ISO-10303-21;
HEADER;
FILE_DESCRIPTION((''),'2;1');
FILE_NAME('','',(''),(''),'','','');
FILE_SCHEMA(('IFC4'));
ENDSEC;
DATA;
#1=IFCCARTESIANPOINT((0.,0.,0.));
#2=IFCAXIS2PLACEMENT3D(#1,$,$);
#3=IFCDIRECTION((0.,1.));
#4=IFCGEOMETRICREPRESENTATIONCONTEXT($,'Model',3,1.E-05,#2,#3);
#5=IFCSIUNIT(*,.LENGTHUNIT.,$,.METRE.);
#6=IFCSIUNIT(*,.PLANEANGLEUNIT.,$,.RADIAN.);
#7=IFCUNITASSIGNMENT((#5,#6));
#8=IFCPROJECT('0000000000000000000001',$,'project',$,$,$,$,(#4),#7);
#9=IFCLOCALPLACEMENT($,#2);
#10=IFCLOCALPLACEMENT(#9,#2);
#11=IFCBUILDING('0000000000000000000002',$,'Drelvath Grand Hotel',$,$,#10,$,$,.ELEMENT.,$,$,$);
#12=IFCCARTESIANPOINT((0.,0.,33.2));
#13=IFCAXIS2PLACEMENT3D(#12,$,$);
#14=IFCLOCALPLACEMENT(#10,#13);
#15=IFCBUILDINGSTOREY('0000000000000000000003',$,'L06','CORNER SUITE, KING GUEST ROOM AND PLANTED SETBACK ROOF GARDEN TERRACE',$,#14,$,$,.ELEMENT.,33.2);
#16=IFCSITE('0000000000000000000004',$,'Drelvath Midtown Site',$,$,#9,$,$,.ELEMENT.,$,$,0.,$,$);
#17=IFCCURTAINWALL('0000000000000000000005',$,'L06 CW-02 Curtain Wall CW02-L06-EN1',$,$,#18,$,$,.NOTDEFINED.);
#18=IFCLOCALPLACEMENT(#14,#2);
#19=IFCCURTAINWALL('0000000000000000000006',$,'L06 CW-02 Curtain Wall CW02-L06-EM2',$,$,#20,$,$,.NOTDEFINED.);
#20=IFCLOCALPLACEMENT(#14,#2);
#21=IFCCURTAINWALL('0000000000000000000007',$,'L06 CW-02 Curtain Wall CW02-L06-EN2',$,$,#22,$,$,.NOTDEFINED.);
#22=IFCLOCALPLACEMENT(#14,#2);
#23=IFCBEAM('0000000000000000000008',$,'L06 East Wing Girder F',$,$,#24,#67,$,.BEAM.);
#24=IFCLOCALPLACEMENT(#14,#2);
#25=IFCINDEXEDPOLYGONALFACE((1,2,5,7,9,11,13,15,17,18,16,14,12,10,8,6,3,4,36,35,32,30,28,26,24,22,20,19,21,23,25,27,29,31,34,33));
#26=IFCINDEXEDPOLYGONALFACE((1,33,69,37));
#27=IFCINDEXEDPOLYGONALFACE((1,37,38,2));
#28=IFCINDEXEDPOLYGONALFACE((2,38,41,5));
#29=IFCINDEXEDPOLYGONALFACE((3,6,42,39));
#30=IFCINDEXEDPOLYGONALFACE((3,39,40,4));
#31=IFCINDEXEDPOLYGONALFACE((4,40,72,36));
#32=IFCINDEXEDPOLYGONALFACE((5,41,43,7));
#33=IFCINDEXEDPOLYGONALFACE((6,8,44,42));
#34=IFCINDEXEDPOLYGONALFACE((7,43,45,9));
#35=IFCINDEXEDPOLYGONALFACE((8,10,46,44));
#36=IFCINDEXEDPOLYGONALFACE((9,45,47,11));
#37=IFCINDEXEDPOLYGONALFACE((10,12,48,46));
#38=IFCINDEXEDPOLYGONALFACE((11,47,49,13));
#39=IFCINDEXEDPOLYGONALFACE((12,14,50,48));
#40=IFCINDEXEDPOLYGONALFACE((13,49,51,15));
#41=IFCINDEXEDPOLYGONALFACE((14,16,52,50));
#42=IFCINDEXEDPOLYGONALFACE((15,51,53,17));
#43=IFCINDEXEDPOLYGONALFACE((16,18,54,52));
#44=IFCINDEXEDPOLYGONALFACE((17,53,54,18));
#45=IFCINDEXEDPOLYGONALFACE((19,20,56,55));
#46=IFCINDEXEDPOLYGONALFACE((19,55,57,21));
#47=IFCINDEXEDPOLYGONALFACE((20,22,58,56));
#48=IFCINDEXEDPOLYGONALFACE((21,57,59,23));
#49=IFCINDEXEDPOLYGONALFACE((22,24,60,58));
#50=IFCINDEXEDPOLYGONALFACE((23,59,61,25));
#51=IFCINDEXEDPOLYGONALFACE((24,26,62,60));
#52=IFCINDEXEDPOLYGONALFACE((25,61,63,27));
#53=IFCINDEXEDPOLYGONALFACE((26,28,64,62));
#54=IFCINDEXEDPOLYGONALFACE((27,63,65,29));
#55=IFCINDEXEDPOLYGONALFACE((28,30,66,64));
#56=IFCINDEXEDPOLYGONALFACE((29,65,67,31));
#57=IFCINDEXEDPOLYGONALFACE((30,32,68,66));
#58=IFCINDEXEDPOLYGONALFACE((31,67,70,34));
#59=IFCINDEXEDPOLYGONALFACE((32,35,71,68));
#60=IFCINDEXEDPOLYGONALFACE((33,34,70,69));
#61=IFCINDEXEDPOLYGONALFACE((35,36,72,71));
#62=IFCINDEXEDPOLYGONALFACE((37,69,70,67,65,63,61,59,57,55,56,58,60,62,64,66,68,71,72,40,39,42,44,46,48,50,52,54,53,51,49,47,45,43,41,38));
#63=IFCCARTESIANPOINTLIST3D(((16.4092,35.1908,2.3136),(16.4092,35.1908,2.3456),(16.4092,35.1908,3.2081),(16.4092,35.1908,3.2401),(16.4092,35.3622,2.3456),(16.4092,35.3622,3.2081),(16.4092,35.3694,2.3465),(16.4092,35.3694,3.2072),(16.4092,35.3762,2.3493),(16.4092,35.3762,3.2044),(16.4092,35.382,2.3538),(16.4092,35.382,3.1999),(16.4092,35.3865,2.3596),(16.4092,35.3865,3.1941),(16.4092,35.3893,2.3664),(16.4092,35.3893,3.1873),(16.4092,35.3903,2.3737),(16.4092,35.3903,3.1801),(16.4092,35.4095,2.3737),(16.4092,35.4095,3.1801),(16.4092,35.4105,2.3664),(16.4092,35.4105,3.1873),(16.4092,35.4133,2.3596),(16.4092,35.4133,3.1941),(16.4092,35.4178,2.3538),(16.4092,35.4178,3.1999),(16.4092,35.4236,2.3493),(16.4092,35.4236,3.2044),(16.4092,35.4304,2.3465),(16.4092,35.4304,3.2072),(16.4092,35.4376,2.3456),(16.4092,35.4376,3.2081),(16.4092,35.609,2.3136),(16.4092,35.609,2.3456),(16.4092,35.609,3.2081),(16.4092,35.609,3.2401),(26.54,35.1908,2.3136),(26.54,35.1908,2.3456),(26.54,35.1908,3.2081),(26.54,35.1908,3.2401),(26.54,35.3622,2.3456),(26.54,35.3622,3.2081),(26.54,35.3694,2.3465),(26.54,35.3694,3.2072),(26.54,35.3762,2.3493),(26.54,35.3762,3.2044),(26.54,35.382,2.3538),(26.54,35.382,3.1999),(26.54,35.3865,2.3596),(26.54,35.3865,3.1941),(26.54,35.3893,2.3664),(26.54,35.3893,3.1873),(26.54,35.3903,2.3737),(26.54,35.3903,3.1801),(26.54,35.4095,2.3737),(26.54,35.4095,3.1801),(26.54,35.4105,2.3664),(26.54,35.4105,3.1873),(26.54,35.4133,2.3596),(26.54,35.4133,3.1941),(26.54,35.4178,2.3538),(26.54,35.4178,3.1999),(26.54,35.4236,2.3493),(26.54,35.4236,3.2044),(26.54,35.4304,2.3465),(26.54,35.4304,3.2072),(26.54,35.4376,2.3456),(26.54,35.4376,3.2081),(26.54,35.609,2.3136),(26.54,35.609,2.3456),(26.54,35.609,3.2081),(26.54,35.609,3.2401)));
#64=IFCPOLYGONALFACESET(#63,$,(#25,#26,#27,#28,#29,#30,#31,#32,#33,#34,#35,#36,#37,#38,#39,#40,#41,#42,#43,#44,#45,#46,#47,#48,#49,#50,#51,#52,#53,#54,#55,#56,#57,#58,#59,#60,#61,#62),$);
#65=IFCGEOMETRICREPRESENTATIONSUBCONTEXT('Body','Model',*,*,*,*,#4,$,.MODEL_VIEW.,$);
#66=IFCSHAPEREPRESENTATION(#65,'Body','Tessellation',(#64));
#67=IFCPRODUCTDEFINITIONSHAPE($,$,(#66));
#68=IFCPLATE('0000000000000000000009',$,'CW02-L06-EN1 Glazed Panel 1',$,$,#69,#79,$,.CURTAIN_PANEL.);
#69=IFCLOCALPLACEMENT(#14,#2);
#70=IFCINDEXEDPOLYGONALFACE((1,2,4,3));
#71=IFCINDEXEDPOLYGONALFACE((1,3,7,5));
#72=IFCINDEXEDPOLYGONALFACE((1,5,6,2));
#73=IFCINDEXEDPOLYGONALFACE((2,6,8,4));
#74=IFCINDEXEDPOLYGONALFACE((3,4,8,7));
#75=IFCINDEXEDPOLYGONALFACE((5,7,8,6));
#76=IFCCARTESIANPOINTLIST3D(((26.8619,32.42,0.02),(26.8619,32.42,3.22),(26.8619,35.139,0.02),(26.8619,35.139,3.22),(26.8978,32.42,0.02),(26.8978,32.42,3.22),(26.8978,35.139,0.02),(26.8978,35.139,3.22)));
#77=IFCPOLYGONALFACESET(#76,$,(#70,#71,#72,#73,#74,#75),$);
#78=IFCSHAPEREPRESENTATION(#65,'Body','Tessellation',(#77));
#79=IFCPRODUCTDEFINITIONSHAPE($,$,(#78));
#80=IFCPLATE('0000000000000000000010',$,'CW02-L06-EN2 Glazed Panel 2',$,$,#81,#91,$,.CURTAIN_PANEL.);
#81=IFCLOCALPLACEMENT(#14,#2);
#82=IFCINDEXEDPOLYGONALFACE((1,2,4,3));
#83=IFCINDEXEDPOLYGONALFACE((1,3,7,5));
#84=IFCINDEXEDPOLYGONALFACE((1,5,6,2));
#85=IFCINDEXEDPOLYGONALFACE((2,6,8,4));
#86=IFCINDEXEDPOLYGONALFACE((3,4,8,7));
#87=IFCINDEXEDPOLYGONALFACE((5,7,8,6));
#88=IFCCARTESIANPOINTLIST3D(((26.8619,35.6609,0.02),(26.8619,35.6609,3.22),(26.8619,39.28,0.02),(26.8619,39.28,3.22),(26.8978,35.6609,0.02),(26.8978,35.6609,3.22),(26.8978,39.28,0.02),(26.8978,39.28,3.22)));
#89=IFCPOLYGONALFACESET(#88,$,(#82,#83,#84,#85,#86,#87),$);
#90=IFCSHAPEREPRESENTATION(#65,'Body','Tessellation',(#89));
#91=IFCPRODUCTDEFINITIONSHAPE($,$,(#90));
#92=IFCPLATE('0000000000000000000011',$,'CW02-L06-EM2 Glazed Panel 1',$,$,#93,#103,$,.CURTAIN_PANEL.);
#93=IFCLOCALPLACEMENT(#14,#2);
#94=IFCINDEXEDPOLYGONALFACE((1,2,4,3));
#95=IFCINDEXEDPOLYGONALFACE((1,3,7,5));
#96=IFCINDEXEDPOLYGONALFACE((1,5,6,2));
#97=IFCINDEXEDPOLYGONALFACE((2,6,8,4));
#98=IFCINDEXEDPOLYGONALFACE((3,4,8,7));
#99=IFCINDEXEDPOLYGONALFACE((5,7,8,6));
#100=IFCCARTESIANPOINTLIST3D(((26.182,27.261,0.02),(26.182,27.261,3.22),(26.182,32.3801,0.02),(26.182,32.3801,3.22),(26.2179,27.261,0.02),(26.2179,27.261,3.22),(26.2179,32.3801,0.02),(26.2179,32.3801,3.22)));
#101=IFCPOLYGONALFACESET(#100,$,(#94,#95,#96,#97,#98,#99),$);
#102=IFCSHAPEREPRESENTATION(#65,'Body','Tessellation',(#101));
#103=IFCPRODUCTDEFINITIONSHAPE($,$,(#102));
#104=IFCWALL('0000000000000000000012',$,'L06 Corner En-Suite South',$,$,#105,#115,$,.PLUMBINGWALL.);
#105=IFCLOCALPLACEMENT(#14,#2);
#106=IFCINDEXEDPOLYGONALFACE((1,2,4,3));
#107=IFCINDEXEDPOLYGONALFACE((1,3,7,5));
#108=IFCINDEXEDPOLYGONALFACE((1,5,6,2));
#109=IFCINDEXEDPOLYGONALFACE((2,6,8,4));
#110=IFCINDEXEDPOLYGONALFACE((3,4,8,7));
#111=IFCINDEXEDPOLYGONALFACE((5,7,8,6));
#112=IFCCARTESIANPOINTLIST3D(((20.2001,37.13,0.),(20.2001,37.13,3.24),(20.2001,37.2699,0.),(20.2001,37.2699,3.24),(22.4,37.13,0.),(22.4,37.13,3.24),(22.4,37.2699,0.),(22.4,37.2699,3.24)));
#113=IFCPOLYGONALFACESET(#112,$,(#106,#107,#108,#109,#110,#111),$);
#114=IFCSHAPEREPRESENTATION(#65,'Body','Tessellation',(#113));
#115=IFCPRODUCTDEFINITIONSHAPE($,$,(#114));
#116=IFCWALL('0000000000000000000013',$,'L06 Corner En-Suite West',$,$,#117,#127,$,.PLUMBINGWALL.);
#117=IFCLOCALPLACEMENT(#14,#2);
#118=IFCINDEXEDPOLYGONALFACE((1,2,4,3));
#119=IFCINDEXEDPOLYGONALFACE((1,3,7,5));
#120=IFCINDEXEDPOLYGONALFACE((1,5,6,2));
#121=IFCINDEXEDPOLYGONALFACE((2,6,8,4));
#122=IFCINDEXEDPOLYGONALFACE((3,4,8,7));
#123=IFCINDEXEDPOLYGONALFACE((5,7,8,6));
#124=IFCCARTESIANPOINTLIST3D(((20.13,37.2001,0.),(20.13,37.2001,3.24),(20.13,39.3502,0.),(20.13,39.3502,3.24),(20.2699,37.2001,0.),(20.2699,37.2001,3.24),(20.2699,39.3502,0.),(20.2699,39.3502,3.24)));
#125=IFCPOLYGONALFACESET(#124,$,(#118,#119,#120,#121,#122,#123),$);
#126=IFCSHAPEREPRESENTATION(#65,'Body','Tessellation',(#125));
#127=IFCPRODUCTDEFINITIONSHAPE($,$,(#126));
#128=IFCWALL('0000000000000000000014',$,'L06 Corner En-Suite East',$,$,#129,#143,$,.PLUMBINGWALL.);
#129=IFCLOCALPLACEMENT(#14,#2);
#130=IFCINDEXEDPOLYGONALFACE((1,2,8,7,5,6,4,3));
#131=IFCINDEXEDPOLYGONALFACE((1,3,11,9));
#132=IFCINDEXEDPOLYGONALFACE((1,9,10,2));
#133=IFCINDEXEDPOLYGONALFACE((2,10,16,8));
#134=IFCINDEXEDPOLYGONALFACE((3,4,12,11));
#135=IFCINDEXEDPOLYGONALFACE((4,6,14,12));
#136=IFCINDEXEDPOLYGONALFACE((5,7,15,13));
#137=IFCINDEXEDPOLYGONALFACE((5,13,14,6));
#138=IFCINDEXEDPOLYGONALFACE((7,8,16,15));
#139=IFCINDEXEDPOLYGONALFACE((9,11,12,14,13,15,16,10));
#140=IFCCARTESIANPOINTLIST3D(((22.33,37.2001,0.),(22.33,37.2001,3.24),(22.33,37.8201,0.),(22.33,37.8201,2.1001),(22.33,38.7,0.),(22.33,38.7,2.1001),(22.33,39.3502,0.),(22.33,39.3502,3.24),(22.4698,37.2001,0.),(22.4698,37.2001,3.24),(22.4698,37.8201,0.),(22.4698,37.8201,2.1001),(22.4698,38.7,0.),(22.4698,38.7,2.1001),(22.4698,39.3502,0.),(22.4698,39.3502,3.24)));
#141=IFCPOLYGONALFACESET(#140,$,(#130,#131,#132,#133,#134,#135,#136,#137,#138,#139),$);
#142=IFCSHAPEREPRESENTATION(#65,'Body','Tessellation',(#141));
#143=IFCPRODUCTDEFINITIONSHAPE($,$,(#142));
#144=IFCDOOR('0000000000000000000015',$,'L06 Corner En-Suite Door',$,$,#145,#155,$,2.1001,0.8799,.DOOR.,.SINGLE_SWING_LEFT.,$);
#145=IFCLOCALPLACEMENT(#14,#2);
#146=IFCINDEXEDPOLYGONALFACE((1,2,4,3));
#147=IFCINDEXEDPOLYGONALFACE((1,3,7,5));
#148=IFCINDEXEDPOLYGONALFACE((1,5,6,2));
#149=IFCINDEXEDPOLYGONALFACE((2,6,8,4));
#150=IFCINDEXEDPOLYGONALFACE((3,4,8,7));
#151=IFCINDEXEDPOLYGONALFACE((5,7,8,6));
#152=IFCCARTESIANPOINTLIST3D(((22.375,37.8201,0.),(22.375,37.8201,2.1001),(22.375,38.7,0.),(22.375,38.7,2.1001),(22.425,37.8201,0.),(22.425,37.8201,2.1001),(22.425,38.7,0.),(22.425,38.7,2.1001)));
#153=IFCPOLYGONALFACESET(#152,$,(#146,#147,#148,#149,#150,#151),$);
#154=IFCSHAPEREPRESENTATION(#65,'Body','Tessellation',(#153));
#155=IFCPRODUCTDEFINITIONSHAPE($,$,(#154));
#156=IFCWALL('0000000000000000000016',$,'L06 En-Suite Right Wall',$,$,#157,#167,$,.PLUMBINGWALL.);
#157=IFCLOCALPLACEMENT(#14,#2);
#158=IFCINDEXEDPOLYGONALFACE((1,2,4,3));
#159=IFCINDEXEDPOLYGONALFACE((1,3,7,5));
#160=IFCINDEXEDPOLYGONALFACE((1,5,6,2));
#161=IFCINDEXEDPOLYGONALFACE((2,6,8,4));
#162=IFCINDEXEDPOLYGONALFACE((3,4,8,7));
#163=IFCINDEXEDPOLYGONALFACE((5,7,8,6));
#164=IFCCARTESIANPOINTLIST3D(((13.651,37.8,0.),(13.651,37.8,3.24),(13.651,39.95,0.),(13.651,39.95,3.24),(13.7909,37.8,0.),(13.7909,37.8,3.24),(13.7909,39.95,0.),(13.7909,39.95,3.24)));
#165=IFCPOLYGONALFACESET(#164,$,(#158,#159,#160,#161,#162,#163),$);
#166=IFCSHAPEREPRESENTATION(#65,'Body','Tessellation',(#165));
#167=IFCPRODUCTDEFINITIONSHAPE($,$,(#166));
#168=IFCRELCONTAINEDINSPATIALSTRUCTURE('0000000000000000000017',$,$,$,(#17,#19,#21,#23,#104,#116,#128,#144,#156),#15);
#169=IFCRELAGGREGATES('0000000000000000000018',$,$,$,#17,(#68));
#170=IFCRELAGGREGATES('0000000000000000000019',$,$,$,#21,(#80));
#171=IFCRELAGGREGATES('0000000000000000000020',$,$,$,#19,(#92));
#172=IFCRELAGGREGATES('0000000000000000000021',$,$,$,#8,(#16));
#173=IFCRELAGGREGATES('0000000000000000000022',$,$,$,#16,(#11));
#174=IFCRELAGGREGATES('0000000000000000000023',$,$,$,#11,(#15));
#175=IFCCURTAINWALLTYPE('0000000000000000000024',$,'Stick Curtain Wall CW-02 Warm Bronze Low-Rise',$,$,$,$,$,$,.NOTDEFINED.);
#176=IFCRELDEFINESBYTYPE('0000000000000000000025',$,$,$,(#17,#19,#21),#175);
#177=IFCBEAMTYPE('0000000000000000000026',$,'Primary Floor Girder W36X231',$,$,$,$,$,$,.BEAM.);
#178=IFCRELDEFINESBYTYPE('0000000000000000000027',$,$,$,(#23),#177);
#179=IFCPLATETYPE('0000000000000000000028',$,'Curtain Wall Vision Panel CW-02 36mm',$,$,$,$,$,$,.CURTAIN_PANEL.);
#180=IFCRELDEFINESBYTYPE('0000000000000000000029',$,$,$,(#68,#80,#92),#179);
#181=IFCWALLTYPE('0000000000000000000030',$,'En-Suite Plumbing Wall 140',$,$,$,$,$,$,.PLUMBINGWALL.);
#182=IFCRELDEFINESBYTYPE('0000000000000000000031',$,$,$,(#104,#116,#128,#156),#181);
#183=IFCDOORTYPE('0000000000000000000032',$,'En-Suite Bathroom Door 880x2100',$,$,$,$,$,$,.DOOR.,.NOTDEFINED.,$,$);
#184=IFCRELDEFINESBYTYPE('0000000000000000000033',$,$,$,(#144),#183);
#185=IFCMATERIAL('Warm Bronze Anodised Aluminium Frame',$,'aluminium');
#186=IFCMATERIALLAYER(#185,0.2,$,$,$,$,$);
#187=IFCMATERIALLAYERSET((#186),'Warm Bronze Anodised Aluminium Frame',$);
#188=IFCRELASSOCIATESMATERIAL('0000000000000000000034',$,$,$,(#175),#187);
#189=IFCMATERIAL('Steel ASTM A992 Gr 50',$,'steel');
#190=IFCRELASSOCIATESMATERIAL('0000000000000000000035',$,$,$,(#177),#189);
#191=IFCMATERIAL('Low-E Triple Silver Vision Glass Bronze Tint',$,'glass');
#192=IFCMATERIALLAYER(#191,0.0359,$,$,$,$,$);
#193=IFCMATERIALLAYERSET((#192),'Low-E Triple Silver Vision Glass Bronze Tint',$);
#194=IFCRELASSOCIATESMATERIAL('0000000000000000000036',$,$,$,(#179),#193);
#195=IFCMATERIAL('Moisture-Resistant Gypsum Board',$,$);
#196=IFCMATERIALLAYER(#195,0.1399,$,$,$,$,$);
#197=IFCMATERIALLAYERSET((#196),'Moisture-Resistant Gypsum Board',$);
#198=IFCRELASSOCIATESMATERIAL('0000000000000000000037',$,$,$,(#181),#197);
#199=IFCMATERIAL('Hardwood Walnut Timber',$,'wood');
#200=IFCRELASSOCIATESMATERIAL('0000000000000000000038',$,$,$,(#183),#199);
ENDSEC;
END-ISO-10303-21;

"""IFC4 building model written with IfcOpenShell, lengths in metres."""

from ifc_helpers import new_model, si_unit, direction, frame, frame_2d, origin, origin_2d, place, context, subcontext, project, spatial, rectangle, i_section, extrude, material, layer, layer_set, material_profile, profile_set, type_object, element, fill, aggregate, save


model = new_model("IFC4")

# Units and contexts
model_context = context("Model", 3, precision=1e-05, world=origin(), true_north=direction((0.0, 1.0)))
body_context = subcontext(model_context, "Body", "Model", "MODEL_VIEW")
ifc_project = project(units=[si_unit("LENGTHUNIT", "METRE"), si_unit("PLANEANGLEUNIT", "RADIAN")], contexts=[model_context])

# Site, building, storey
site_placement = place(None, origin())
site = spatial("IfcSite", under=ifc_project, at=site_placement, Name="Drelvath Midtown Site", CompositionType="ELEMENT", RefElevation=0.0)
building_placement = place(site_placement, origin())
building = spatial("IfcBuilding", under=site, at=building_placement, Name="Drelvath Grand Hotel", CompositionType="ELEMENT")
storey_placement = place(building_placement, frame((0.0, 0.0, 33.2)))
storey = spatial("IfcBuildingStorey", under=building, at=storey_placement, Name="L06", Description="CORNER SUITE, KING GUEST ROOM AND PLANTED SETBACK ROOF GARDEN TERRACE", CompositionType="ELEMENT", Elevation=33.2)

# Curtain walls
ifc_material_1 = material(Name="Warm Bronze Anodised Aluminium Frame", Category="aluminium")
ifc_layer_1 = layer(ifc_material_1, 0.2)
ifc_layer_set_1 = layer_set([ifc_layer_1], Name="Warm Bronze Anodised Aluminium Frame")
curtain_wall_type = type_object("IfcCurtainWallType", Name="Stick Curtain Wall CW-02 Warm Bronze Low-Rise", PredefinedType="NOTDEFINED", material=ifc_layer_set_1)
curtain_wall_1_placement = place(storey_placement, origin())
curtain_wall_1 = element("IfcCurtainWall", 1, at=curtain_wall_1_placement, inside=storey, type_object=curtain_wall_type, Name="L06 CW-02 Curtain Wall CW02-L06-EN1", PredefinedType="NOTDEFINED")
curtain_wall_2_placement = place(storey_placement, origin())
curtain_wall_2 = element("IfcCurtainWall", 2, at=curtain_wall_2_placement, inside=storey, type_object=curtain_wall_type, Name="L06 CW-02 Curtain Wall CW02-L06-EM2", PredefinedType="NOTDEFINED")

# Curtain wall
curtain_wall_3_placement = place(storey_placement, origin())
curtain_wall_3 = element("IfcCurtainWall", 3, at=curtain_wall_3_placement, inside=storey, type_object=curtain_wall_type, Name="L06 CW-02 Curtain Wall CW02-L06-EN2", PredefinedType="NOTDEFINED")

# Beam
ifc_material_2 = material(Name="Steel ASTM A992 Gr 50", Category="steel")
ifc_material_profile_1 = material_profile(ifc_material_2, i_section(OverallWidth=0.4182, OverallDepth=0.9265, WebThickness=0.0193, FlangeThickness=0.032, FilletRadius=0.0281, at=origin_2d()), Name="W36X231")
ifc_profile_set_1 = profile_set([ifc_material_profile_1], Name="Steel ASTM A992 Gr 50")
beam_type_1 = type_object("IfcBeamType", Name="Primary Floor Girder W36X231", PredefinedType="BEAM", material=ifc_profile_set_1)
beam_1_placement = place(storey_placement, frame((16.4092, 35.3999, 2.7769), z_axis=(1.0, 0.0, 0.0), x_axis=(0.0, 1.0, 0.0)))
element("IfcBeam", 4, at=beam_1_placement, inside=storey, type_object=beam_type_1, Name="L06 East Wing Girder F", PredefinedType="BEAM", context=body_context, shape_type="SweptSolid", body=[
    extrude(i_section(OverallWidth=0.4182, OverallDepth=0.9265, WebThickness=0.0193, FlangeThickness=0.032, FilletRadius=0.0281, at=origin_2d()), origin(), (0.0, 0.0, 1.0), 10.1309),
])

# Plates
ifc_material_3 = material(Name="Low-E Triple Silver Vision Glass Bronze Tint", Category="glass")
ifc_layer_2 = layer(ifc_material_3, 0.0359)
ifc_layer_set_2 = layer_set([ifc_layer_2], Name="Low-E Triple Silver Vision Glass Bronze Tint")
plate_type = type_object("IfcPlateType", Name="Curtain Wall Vision Panel CW-02 36mm", PredefinedType="CURTAIN_PANEL", material=ifc_layer_set_2)
plate_1_placement = place(storey_placement, frame((26.8799, 33.7795, 0.02), z_axis=(0.0, 0.0, 1.0), x_axis=(0.0, -1.0, 0.0)))
plate_1 = element("IfcPlate", 5, at=plate_1_placement, type_object=plate_type, Name="CW02-L06-EN1 Glazed Panel 1", PredefinedType="CURTAIN_PANEL", context=body_context, shape_type="SweptSolid", body=[
    extrude(rectangle(XDim=2.719, YDim=0.0359, at=origin_2d()), origin(), (0.0, 0.0, 1.0), 3.2),
])
aggregate(curtain_wall_1, [plate_1])
plate_2_placement = place(storey_placement, frame((26.8799, 37.4705, 0.02), z_axis=(0.0, 0.0, 1.0), x_axis=(0.0, -1.0, 0.0)))
plate_2 = element("IfcPlate", 6, at=plate_2_placement, type_object=plate_type, Name="CW02-L06-EN2 Glazed Panel 2", PredefinedType="CURTAIN_PANEL", context=body_context, shape_type="SweptSolid", body=[
    extrude(rectangle(XDim=3.6191, YDim=0.0359, at=origin_2d()), origin(), (0.0, 0.0, 1.0), 3.2),
])
aggregate(curtain_wall_3, [plate_2])
plate_3_placement = place(storey_placement, frame((26.2, 29.8206, 0.02), z_axis=(0.0, 0.0, 1.0), x_axis=(0.0, -1.0, 0.0)))
plate_3 = element("IfcPlate", 7, at=plate_3_placement, type_object=plate_type, Name="CW02-L06-EM2 Glazed Panel 1", PredefinedType="CURTAIN_PANEL", context=body_context, shape_type="SweptSolid", body=[
    extrude(rectangle(XDim=5.1191, YDim=0.0359, at=origin_2d()), origin(), (0.0, 0.0, 1.0), 3.2),
])
aggregate(curtain_wall_2, [plate_3])

# Shared definitions
ifc_material_4 = material(Name="Hardwood Walnut Timber", Category="wood")

# Walls
ifc_material_5 = material(Name="Moisture-Resistant Gypsum Board")
ifc_layer_3 = layer(ifc_material_5, 0.1399)
ifc_layer_set_3 = layer_set([ifc_layer_3], Name="Moisture-Resistant Gypsum Board")
wall_type_1 = type_object("IfcWallType", Name="En-Suite Plumbing Wall 140", PredefinedType="PLUMBINGWALL", material=ifc_layer_set_3)
wall_1_placement = place(storey_placement, frame((20.2, 37.2, 0.0), z_axis=(0.0, 0.0, 1.0), x_axis=(1.0, 0.0, 0.0)))
element("IfcWall", 8, at=wall_1_placement, inside=storey, type_object=wall_type_1, Name="L06 Corner En-Suite South", PredefinedType="PLUMBINGWALL", context=body_context, shape_type="SweptSolid", body=[
    extrude(rectangle(XDim=2.2, YDim=0.1399, at=frame_2d((1.1001, 0.0))), origin(), (0.0, 0.0, 1.0), 3.24),
])
wall_2_placement = place(storey_placement, frame((20.2, 37.2, 0.0), z_axis=(0.0, 0.0, 1.0), x_axis=(0.0, 1.0, 0.0)))
element("IfcWall", 9, at=wall_2_placement, inside=storey, type_object=wall_type_1, Name="L06 Corner En-Suite West", PredefinedType="PLUMBINGWALL", context=body_context, shape_type="SweptSolid", body=[
    extrude(rectangle(XDim=2.1501, YDim=0.1399, at=frame_2d((1.0752, 0.0))), origin(), (0.0, 0.0, 1.0), 3.24),
])

# Wall, opening, door
wall_3_placement = place(storey_placement, frame((22.3999, 37.2, 0.0), z_axis=(0.0, 0.0, 1.0), x_axis=(0.0, 1.0, 0.0)))
wall_3 = element("IfcWall", 10, at=wall_3_placement, inside=storey, type_object=wall_type_1, Name="L06 Corner En-Suite East", PredefinedType="PLUMBINGWALL", context=body_context, shape_type="SweptSolid", body=[
    extrude(rectangle(XDim=2.1501, YDim=0.1399, at=frame_2d((1.0752, 0.0))), origin(), (0.0, 0.0, 1.0), 3.24),
])
opening_1_placement = place(wall_3_placement, frame((0.6201, 0.0, 0.0)))
opening_1 = element("IfcOpeningElement", 11, at=opening_1_placement, cuts=wall_3, PredefinedType="OPENING", context=body_context, shape_type="SweptSolid", body=[
    extrude(rectangle(XDim=0.8799, YDim=2.1001, at=frame_2d((0.4399, 1.05))), frame((0.0, 0.0798, 0.0), z_axis=(0.0, -1.0, 0.0), x_axis=(1.0, 0.0, 0.0)), (0.0, 0.0, 1.0), 0.1599),
])
door_type_1 = type_object("IfcDoorType", Name="En-Suite Bathroom Door 880x2100", OperationType="NOTDEFINED", PredefinedType="DOOR", material=ifc_material_4)
door_1_placement = place(opening_1_placement, origin())
door_1 = element("IfcDoor", 12, at=door_1_placement, inside=storey, type_object=door_type_1, Name="L06 Corner En-Suite Door", OperationType="SINGLE_SWING_LEFT", OverallHeight=2.1001, OverallWidth=0.8799, PredefinedType="DOOR", context=body_context, shape_type="SweptSolid", body=[
    extrude(rectangle(XDim=0.8799, YDim=2.1001, at=frame_2d((0.4399, 1.05))), frame((0.0, 0.0249, 0.0), z_axis=(0.0, -1.0, 0.0), x_axis=(1.0, 0.0, 0.0)), (0.0, 0.0, 1.0), 0.05),
])
fill(opening_1, door_1)

# Wall
wall_4_placement = place(storey_placement, frame((13.7209, 37.8, 0.0), z_axis=(0.0, 0.0, 1.0), x_axis=(0.0, 1.0, 0.0)))
element("IfcWall", 13, at=wall_4_placement, inside=storey, type_object=wall_type_1, Name="L06 En-Suite Right Wall", PredefinedType="PLUMBINGWALL", context=body_context, shape_type="SweptSolid", body=[
    extrude(rectangle(XDim=2.1499, YDim=0.1399, at=frame_2d((1.075, 0.0))), origin(), (0.0, 0.0, 1.0), 3.24),
])

save(model, "model.ifc")
